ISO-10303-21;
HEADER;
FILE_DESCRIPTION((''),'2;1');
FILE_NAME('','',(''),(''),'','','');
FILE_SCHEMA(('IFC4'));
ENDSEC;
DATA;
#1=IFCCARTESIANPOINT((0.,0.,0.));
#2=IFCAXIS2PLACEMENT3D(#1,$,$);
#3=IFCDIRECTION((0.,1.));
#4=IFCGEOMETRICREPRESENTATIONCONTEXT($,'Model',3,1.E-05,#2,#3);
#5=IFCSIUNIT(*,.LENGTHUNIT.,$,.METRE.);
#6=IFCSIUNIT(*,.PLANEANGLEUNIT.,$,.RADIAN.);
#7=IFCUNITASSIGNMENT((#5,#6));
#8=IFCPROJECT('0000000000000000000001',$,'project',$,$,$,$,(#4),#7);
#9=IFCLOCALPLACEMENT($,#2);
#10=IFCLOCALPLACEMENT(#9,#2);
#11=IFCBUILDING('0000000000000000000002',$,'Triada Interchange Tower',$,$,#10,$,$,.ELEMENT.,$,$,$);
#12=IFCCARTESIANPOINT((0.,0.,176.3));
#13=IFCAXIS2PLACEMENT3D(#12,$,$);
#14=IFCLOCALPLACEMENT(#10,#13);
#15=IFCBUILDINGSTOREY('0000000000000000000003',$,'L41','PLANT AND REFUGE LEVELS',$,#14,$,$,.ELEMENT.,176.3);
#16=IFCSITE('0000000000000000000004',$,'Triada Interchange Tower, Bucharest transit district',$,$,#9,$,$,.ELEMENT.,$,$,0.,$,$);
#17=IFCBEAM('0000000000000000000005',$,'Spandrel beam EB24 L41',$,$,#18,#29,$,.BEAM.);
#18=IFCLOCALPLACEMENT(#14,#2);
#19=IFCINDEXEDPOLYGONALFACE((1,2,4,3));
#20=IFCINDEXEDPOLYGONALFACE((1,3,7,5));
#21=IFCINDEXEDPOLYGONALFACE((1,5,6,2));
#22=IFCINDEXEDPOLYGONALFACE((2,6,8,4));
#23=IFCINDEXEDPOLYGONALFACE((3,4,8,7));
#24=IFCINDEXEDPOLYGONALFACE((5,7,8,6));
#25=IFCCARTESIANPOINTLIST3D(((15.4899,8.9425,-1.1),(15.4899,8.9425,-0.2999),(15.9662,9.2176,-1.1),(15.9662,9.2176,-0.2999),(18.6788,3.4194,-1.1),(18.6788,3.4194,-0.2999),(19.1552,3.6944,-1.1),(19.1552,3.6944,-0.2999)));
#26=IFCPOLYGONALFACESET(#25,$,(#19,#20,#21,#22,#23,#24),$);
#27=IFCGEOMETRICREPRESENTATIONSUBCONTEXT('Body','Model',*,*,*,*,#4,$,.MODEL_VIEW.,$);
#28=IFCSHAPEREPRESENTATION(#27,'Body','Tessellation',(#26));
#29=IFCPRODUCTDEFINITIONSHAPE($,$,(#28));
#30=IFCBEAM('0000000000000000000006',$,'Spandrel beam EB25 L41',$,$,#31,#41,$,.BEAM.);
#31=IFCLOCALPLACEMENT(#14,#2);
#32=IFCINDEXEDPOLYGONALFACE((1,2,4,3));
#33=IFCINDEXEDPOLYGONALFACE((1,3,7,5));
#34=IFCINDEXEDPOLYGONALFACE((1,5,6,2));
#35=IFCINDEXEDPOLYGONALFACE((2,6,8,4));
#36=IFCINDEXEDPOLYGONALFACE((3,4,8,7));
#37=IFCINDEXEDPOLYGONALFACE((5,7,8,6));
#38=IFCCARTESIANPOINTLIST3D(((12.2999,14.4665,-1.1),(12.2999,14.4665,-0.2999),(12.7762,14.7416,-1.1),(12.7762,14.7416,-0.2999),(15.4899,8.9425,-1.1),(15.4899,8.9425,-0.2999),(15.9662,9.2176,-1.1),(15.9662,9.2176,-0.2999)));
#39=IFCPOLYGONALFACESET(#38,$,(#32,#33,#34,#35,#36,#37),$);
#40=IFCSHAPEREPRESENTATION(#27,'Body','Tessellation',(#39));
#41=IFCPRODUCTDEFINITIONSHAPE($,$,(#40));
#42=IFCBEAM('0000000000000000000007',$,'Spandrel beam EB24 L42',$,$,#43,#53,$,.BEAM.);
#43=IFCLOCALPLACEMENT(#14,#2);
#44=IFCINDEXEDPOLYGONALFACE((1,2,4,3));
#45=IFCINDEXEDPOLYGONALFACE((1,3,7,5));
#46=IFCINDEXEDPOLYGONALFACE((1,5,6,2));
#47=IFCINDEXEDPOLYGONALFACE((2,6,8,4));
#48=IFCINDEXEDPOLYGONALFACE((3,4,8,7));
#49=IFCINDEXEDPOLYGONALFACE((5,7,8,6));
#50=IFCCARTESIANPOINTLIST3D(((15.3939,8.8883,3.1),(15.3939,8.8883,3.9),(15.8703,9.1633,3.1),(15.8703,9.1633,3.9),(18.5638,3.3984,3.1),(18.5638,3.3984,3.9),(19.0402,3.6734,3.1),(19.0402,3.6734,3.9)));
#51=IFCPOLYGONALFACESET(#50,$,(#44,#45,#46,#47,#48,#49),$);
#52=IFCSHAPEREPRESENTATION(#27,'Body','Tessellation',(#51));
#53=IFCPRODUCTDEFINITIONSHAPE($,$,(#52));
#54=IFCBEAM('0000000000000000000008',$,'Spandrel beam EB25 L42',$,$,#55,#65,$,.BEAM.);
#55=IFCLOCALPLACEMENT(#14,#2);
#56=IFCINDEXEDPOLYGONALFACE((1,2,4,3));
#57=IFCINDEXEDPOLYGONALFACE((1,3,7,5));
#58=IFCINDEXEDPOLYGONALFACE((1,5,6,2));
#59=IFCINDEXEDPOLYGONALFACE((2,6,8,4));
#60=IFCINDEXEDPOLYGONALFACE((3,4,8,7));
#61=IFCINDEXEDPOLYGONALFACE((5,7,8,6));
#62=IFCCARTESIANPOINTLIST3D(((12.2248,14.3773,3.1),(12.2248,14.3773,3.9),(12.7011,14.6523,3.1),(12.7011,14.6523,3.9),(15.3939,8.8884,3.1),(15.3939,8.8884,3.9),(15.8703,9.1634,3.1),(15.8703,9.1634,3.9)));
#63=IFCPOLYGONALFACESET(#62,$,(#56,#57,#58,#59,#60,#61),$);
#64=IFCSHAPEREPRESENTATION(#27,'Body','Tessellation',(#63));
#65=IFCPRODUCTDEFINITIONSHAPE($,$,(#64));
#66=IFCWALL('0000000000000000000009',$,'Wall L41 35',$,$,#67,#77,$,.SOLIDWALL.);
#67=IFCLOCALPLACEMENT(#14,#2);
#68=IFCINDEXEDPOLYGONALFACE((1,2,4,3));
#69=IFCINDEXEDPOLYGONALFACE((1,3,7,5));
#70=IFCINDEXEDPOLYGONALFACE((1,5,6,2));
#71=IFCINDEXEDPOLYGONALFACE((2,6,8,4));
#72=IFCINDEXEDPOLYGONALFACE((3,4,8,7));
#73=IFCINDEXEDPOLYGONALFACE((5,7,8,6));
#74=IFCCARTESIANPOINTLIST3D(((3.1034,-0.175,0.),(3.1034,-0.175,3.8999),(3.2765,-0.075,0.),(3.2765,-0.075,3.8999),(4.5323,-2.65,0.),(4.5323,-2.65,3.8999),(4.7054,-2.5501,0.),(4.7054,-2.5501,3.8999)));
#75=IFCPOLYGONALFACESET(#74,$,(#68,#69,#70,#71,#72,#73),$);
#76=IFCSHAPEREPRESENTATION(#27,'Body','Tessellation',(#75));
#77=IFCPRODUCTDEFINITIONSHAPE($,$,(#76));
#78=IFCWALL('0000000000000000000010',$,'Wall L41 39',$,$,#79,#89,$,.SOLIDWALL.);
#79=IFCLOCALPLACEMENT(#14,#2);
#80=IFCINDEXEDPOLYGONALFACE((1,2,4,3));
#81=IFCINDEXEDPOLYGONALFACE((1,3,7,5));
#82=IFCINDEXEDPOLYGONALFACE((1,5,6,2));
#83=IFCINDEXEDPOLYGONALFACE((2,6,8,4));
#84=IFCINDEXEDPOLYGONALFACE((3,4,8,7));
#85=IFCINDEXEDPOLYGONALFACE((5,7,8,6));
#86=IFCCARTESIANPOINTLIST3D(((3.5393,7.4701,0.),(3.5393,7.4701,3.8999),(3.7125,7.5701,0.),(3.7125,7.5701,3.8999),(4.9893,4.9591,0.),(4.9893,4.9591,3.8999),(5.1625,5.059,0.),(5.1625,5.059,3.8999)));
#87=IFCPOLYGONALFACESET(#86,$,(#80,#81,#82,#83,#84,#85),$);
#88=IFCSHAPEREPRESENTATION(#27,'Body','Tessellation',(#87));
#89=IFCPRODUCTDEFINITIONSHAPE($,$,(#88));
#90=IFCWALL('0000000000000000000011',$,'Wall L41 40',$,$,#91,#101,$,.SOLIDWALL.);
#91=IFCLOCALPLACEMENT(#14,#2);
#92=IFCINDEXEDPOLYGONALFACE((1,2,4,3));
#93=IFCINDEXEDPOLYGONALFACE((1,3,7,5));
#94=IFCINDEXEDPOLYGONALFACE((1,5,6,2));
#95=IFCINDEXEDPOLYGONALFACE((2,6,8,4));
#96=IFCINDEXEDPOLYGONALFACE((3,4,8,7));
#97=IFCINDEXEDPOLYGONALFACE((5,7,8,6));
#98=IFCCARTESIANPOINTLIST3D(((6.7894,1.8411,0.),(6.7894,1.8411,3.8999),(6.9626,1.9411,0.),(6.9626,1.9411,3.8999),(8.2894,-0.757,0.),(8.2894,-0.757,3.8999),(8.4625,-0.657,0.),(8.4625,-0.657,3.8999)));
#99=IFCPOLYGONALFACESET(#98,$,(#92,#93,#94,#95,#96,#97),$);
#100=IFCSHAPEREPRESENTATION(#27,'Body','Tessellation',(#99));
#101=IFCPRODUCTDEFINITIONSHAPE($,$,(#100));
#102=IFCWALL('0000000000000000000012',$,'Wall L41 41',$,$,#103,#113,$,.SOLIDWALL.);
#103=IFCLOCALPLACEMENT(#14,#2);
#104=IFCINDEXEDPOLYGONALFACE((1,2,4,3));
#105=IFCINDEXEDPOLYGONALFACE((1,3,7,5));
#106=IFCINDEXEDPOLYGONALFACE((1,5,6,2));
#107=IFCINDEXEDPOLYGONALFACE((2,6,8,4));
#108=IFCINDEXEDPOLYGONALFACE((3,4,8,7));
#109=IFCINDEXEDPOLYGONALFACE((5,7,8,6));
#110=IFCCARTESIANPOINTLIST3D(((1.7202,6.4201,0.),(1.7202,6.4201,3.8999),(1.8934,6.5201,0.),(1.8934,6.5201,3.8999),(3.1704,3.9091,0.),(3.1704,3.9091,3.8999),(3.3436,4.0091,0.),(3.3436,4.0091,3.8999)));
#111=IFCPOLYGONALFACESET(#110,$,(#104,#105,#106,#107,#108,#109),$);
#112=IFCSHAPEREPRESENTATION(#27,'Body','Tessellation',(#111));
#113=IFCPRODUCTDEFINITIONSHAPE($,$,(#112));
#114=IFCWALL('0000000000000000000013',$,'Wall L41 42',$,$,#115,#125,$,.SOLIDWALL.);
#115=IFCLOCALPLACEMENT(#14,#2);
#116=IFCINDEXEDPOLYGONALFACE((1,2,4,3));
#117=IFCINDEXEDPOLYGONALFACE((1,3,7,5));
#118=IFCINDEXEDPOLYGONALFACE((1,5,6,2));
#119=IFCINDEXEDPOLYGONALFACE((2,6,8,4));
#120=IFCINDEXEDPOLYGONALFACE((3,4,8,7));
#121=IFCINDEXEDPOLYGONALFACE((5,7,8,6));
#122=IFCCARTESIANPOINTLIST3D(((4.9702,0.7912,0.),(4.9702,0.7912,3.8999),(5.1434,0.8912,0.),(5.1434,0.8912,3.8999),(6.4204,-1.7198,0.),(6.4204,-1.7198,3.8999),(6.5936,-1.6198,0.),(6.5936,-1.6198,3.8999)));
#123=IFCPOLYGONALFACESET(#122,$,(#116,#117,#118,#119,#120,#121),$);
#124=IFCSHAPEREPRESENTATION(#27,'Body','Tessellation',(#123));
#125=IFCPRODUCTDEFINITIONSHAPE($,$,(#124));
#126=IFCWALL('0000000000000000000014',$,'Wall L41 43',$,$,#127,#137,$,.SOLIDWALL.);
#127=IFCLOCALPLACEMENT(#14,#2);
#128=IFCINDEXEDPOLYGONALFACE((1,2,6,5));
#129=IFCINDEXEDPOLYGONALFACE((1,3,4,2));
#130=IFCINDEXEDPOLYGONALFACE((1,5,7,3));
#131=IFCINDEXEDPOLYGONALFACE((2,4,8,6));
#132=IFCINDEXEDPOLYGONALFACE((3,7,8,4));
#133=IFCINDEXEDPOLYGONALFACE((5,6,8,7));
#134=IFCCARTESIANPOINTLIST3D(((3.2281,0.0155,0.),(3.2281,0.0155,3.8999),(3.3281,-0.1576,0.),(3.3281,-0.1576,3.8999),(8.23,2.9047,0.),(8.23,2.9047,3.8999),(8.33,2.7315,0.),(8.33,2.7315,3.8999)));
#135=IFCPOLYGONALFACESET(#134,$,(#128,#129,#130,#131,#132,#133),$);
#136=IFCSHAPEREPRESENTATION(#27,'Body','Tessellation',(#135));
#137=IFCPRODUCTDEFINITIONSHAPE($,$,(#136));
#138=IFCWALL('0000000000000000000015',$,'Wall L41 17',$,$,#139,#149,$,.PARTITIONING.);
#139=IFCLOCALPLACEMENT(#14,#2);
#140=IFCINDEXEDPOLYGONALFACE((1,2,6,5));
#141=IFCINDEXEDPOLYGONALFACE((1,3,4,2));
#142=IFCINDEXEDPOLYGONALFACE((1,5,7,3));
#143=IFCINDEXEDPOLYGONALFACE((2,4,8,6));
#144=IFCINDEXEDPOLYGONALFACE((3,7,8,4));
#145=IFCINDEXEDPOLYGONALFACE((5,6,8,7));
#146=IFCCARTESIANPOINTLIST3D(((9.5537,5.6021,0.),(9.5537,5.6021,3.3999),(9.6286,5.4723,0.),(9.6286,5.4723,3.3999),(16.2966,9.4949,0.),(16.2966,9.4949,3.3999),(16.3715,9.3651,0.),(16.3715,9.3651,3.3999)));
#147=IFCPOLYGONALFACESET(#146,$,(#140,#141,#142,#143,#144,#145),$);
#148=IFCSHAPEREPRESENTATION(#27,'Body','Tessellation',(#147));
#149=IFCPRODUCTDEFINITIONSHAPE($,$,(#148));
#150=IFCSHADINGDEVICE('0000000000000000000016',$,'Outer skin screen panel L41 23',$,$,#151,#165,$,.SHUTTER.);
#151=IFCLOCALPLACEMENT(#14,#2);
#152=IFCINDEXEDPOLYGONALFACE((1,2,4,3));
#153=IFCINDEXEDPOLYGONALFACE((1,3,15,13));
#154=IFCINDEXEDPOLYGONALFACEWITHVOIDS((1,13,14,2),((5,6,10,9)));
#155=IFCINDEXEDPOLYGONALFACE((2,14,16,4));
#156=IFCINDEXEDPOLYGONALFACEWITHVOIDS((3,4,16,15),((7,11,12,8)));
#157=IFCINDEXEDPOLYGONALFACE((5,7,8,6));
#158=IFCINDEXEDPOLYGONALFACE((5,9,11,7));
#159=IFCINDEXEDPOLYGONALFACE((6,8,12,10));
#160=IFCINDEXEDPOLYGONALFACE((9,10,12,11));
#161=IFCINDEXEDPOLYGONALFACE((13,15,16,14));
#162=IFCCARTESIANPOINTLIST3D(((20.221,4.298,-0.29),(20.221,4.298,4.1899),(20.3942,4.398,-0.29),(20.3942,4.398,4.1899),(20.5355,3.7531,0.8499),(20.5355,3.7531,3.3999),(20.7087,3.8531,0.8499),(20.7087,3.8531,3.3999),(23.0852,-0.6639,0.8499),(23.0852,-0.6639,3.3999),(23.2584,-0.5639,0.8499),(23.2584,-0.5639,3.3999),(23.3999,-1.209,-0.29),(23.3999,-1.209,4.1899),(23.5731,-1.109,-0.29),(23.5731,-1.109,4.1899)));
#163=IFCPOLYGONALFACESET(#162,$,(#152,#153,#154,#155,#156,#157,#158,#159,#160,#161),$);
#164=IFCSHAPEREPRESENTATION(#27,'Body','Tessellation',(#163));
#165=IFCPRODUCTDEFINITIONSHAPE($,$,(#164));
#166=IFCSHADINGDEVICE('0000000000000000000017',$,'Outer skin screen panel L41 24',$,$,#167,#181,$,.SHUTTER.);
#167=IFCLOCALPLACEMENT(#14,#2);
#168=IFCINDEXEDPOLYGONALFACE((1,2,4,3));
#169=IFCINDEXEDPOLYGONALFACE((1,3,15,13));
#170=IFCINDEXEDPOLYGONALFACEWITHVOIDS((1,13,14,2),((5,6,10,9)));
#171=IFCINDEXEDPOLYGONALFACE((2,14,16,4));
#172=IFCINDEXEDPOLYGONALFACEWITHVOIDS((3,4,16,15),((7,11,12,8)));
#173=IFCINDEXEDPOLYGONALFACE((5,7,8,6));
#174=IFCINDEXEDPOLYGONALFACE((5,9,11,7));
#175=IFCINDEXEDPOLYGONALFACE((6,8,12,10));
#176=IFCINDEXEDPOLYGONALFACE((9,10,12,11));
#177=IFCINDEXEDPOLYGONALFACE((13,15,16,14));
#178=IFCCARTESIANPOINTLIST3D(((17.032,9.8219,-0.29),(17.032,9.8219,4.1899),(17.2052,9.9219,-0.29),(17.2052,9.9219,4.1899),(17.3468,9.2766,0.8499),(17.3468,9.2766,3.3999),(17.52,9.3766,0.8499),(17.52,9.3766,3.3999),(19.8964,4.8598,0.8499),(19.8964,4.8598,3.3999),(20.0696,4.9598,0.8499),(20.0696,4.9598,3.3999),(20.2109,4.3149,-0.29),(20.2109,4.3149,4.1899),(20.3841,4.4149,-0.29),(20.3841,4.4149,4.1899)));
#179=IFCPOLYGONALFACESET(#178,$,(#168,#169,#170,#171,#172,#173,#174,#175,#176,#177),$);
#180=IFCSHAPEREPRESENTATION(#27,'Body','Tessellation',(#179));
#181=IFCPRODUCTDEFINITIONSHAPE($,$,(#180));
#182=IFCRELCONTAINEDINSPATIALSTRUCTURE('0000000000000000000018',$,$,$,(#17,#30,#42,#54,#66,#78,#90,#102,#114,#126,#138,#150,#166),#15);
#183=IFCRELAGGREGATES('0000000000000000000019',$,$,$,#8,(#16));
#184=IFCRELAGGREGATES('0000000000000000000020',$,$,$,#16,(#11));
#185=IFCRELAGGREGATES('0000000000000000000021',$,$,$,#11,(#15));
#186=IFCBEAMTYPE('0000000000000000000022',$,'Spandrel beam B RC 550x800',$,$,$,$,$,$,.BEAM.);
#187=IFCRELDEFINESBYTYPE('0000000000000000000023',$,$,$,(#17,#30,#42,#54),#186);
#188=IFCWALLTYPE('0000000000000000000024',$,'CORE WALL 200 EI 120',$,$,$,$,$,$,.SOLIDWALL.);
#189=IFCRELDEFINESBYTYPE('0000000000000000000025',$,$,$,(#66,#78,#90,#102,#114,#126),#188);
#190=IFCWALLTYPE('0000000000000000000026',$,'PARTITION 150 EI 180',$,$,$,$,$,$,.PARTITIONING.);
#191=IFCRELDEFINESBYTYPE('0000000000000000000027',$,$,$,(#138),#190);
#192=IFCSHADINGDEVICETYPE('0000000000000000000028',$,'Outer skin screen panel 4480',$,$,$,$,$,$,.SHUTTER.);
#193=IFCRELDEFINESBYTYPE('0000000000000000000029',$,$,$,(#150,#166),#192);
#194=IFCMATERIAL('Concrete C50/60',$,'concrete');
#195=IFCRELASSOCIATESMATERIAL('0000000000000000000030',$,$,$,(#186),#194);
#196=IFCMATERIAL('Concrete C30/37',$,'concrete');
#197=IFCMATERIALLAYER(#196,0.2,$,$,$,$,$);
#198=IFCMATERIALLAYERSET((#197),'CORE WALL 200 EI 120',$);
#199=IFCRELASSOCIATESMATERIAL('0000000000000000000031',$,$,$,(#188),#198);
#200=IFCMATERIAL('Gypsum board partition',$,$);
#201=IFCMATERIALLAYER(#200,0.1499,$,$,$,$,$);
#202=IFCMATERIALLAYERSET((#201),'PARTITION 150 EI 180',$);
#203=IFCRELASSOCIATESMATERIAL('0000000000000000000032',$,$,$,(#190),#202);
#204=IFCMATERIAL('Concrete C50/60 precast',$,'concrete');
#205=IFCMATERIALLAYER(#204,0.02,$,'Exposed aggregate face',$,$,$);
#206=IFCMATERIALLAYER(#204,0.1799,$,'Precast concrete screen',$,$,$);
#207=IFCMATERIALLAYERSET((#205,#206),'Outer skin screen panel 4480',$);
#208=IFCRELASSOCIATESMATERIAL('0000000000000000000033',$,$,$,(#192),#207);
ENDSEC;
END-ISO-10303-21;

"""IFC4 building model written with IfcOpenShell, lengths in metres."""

from ifc_helpers import new_model, si_unit, direction, frame, frame_2d, origin, origin_2d, place, context, subcontext, project, spatial, polyline, rectangle, outline, extrude, material, layer, layer_set, material_profile, profile_set, type_object, element, save


model = new_model("IFC4")

# Units and contexts
model_context = context("Model", 3, precision=1e-05, world=origin(), true_north=direction((0.0, 1.0)))
body_context = subcontext(model_context, "Body", "Model", "MODEL_VIEW")
ifc_project = project(units=[si_unit("LENGTHUNIT", "METRE"), si_unit("PLANEANGLEUNIT", "RADIAN")], contexts=[model_context])

# Site, building, storey
site_placement = place(None, origin())
site = spatial("IfcSite", under=ifc_project, at=site_placement, Name="Triada Interchange Tower, Bucharest transit district", CompositionType="ELEMENT", RefElevation=0.0)
building_placement = place(site_placement, origin())
building = spatial("IfcBuilding", under=site, at=building_placement, Name="Triada Interchange Tower", CompositionType="ELEMENT")
storey_placement = place(building_placement, frame((0.0, 0.0, 176.3)))
storey = spatial("IfcBuildingStorey", under=building, at=storey_placement, Name="L41", Description="PLANT AND REFUGE LEVELS", CompositionType="ELEMENT", Elevation=176.3)

# Beams
ifc_material_1 = material(Name="Concrete C50/60", Category="concrete")
ifc_material_profile_1 = material_profile(ifc_material_1, rectangle(XDim=0.55, YDim=0.8, at=origin_2d()), Name="RC 550x800")
ifc_profile_set_1 = profile_set([ifc_material_profile_1], Name="Concrete C50/60")
beam_type_1 = type_object("IfcBeamType", Name="Spandrel beam B RC 550x800", PredefinedType="BEAM", material=ifc_profile_set_1)
beam_1_placement = place(storey_placement, frame((18.917, 3.5569, -0.7), z_axis=(-0.500017, 0.866015, 0.0), x_axis=(-0.866015, -0.500017, 0.0)))
element("IfcBeam", 1, at=beam_1_placement, inside=storey, type_object=beam_type_1, Name="Spandrel beam EB24 L41", PredefinedType="BEAM", context=body_context, shape_type="SweptSolid", body=[
    extrude(rectangle(XDim=0.55, YDim=0.8, at=origin_2d()), origin(), (0.0, 0.0, 1.0), 6.3777),
])
beam_2_placement = place(storey_placement, frame((15.728, 9.0801, -0.7), z_axis=(-0.500082, 0.865978, 0.0), x_axis=(-0.865978, -0.500082, 0.0)))
element("IfcBeam", 2, at=beam_2_placement, inside=storey, type_object=beam_type_1, Name="Spandrel beam EB25 L41", PredefinedType="BEAM", context=body_context, shape_type="SweptSolid", body=[
    extrude(rectangle(XDim=0.55, YDim=0.8, at=origin_2d()), origin(), (0.0, 0.0, 1.0), 6.3789),
])
beam_3_placement = place(storey_placement, frame((18.802, 3.5359, 3.5), z_axis=(-0.500032, 0.866007, 0.0), x_axis=(-0.866007, -0.500032, 0.0)))
element("IfcBeam", 3, at=beam_3_placement, inside=storey, type_object=beam_type_1, Name="Spandrel beam EB24 L42", PredefinedType="BEAM", context=body_context, shape_type="SweptSolid", body=[
    extrude(rectangle(XDim=0.55, YDim=0.8, at=origin_2d()), origin(), (0.0, 0.0, 1.0), 6.3394),
])
beam_4_placement = place(storey_placement, frame((15.6321, 9.0259, 3.5), z_axis=(-0.500013, 0.866018, 0.0), x_axis=(-0.866018, -0.500013, 0.0)))
element("IfcBeam", 4, at=beam_4_placement, inside=storey, type_object=beam_type_1, Name="Spandrel beam EB25 L42", PredefinedType="BEAM", context=body_context, shape_type="SweptSolid", body=[
    extrude(rectangle(XDim=0.55, YDim=0.8, at=origin_2d()), origin(), (0.0, 0.0, 1.0), 6.3381),
])

# Walls
ifc_material_2 = material(Name="Concrete C30/37", Category="concrete")
ifc_layer_1 = layer(ifc_material_2, 0.2)
ifc_layer_set_1 = layer_set([ifc_layer_1], Name="CORE WALL 200 EI 120")
wall_type_1 = type_object("IfcWallType", Name="CORE WALL 200 EI 120", PredefinedType="SOLIDWALL", material=ifc_layer_set_1)
wall_1_placement = place(storey_placement, frame((3.1899, -0.125, 0.0), z_axis=(0.0, 0.0, 1.0), x_axis=(0.499989, -0.866032, 0.0)))
element("IfcWall", 5, at=wall_1_placement, inside=storey, type_object=wall_type_1, Name="Wall L41 35", PredefinedType="SOLIDWALL", context=body_context, shape_type="SweptSolid", body=[
    extrude(rectangle(XDim=2.8579, YDim=0.2, at=frame_2d((1.429, 0.0))), origin(), (0.0, 0.0, 1.0), 3.8999),
])
wall_2_placement = place(storey_placement, frame((3.626, 7.52, 0.0), z_axis=(0.0, 0.0, 1.0), x_axis=(0.50006, -0.865991, 0.0)))
element("IfcWall", 6, at=wall_2_placement, inside=storey, type_object=wall_type_1, Name="Wall L41 39", PredefinedType="SOLIDWALL", context=body_context, shape_type="SweptSolid", body=[
    extrude(rectangle(XDim=2.8997, YDim=0.2, at=frame_2d((1.4497, 0.0))), origin(), (0.0, 0.0, 1.0), 3.8999),
])
wall_3_placement = place(storey_placement, frame((6.876, 1.8911, 0.0), z_axis=(0.0, 0.0, 1.0), x_axis=(0.49999, -0.866031, 0.0)))
element("IfcWall", 7, at=wall_3_placement, inside=storey, type_object=wall_type_1, Name="Wall L41 40", PredefinedType="SOLIDWALL", context=body_context, shape_type="SweptSolid", body=[
    extrude(rectangle(XDim=3.0, YDim=0.2, at=frame_2d((1.5, 0.0))), origin(), (0.0, 0.0, 1.0), 3.8999),
])
for number, where, z_axis, x_axis, name in (
    (8, (1.8069, 6.47, 0.0), (0.0, 0.0, 1.0), (0.500123, -0.865954, 0.0), "Wall L41 41"),
    (9, (5.0569, 0.8411, 0.0), (0.0, 0.0, 1.0), (0.500123, -0.865954, 0.0), "Wall L41 42"),
):
    element("IfcWall", number, at=place(storey_placement, frame(where, z_axis=z_axis, x_axis=x_axis)), inside=storey, type_object=wall_type_1, Name=name, PredefinedType="SOLIDWALL", context=body_context, shape_type="SweptSolid", body=[
        extrude(rectangle(XDim=2.8997, YDim=0.2, at=frame_2d((1.4497, 0.0))), origin(), (0.0, 0.0, 1.0), 3.8999),
    ])
wall_4_placement = place(storey_placement, frame((3.2781, -0.071, 0.0), z_axis=(0.0, 0.0, 1.0), x_axis=(0.865929, 0.500166, 0.0)))
element("IfcWall", 10, at=wall_4_placement, inside=storey, type_object=wall_type_1, Name="Wall L41 43", PredefinedType="SOLIDWALL", context=body_context, shape_type="SweptSolid", body=[
    extrude(rectangle(XDim=5.7764, YDim=0.2, at=frame_2d((2.8882, 0.0))), origin(), (0.0, 0.0, 1.0), 3.8999),
])
ifc_material_3 = material(Name="Gypsum board partition")
ifc_layer_2 = layer(ifc_material_3, 0.1499)
ifc_layer_set_2 = layer_set([ifc_layer_2], Name="PARTITION 150 EI 180")
wall_type_2 = type_object("IfcWallType", Name="PARTITION 150 EI 180", PredefinedType="PARTITIONING", material=ifc_layer_set_2)
wall_5_placement = place(storey_placement, frame((9.5911, 5.5371, 0.0), z_axis=(0.0, 0.0, 1.0), x_axis=(0.866037, 0.49998, 0.0)))
element("IfcWall", 11, at=wall_5_placement, inside=storey, type_object=wall_type_2, Name="Wall L41 17", PredefinedType="PARTITIONING", context=body_context, shape_type="SweptSolid", body=[
    extrude(rectangle(XDim=7.7859, YDim=0.1499, at=frame_2d((3.8931, 0.0))), origin(), (0.0, 0.0, 1.0), 3.3999),
])

# Shading devices
ifc_material_4 = material(Name="Concrete C50/60 precast", Category="concrete")
ifc_layer_3 = layer(ifc_material_4, 0.02, Name="Exposed aggregate face")
ifc_layer_4 = layer(ifc_material_4, 0.1799, Name="Precast concrete screen")
ifc_layer_set_3 = layer_set([ifc_layer_3, ifc_layer_4], Name="Outer skin screen panel 4480")
shading_device_type = type_object("IfcShadingDeviceType", Name="Outer skin screen panel 4480", PredefinedType="SHUTTER", material=ifc_layer_set_3)
shading_device_1_placement = place(storey_placement, frame((23.3999, -1.209, -0.29), z_axis=(0.0, 0.0, 1.0), x_axis=(-0.499934, 0.866063, 0.0)))
element("IfcShadingDevice", 12, at=shading_device_1_placement, inside=storey, type_object=shading_device_type, Name="Outer skin screen panel L41 23", PredefinedType="SHUTTER", context=body_context, shape_type="SweptSolid", body=[
    extrude(outline(polyline([(0.0, 0.0), (6.3586, 0.0), (6.3586, 4.48), (0.0, 4.48), (0.0, 0.0)]), holes=[polyline([(0.6294, 1.1399), (0.6294, 3.6899), (5.7295, 3.6899), (5.7295, 1.1399), (0.6294, 1.1399)])]), frame((0.0, 0.0, 0.0), z_axis=(0.0, -1.0, 0.0), x_axis=(1.0, 0.0, 0.0)), (0.0, 0.0, 1.0), 0.2),
])
shading_device_2_placement = place(storey_placement, frame((20.2109, 4.3149, -0.29), z_axis=(0.0, 0.0, 1.0), x_axis=(-0.499934, 0.866063, 0.0)))
element("IfcShadingDevice", 13, at=shading_device_2_placement, inside=storey, type_object=shading_device_type, Name="Outer skin screen panel L41 24", PredefinedType="SHUTTER", context=body_context, shape_type="SweptSolid", body=[
    extrude(outline(polyline([(0.0, 0.0), (6.3586, 0.0), (6.3586, 4.48), (0.0, 4.48), (0.0, 0.0)]), holes=[polyline([(0.6292, 1.1399), (0.6292, 3.6899), (5.729, 3.6899), (5.729, 1.1399), (0.6292, 1.1399)])]), frame((0.0, 0.0, 0.0), z_axis=(0.0, -1.0, 0.0), x_axis=(1.0, 0.0, 0.0)), (0.0, 0.0, 1.0), 0.2),
])

save(model, "model.ifc")
